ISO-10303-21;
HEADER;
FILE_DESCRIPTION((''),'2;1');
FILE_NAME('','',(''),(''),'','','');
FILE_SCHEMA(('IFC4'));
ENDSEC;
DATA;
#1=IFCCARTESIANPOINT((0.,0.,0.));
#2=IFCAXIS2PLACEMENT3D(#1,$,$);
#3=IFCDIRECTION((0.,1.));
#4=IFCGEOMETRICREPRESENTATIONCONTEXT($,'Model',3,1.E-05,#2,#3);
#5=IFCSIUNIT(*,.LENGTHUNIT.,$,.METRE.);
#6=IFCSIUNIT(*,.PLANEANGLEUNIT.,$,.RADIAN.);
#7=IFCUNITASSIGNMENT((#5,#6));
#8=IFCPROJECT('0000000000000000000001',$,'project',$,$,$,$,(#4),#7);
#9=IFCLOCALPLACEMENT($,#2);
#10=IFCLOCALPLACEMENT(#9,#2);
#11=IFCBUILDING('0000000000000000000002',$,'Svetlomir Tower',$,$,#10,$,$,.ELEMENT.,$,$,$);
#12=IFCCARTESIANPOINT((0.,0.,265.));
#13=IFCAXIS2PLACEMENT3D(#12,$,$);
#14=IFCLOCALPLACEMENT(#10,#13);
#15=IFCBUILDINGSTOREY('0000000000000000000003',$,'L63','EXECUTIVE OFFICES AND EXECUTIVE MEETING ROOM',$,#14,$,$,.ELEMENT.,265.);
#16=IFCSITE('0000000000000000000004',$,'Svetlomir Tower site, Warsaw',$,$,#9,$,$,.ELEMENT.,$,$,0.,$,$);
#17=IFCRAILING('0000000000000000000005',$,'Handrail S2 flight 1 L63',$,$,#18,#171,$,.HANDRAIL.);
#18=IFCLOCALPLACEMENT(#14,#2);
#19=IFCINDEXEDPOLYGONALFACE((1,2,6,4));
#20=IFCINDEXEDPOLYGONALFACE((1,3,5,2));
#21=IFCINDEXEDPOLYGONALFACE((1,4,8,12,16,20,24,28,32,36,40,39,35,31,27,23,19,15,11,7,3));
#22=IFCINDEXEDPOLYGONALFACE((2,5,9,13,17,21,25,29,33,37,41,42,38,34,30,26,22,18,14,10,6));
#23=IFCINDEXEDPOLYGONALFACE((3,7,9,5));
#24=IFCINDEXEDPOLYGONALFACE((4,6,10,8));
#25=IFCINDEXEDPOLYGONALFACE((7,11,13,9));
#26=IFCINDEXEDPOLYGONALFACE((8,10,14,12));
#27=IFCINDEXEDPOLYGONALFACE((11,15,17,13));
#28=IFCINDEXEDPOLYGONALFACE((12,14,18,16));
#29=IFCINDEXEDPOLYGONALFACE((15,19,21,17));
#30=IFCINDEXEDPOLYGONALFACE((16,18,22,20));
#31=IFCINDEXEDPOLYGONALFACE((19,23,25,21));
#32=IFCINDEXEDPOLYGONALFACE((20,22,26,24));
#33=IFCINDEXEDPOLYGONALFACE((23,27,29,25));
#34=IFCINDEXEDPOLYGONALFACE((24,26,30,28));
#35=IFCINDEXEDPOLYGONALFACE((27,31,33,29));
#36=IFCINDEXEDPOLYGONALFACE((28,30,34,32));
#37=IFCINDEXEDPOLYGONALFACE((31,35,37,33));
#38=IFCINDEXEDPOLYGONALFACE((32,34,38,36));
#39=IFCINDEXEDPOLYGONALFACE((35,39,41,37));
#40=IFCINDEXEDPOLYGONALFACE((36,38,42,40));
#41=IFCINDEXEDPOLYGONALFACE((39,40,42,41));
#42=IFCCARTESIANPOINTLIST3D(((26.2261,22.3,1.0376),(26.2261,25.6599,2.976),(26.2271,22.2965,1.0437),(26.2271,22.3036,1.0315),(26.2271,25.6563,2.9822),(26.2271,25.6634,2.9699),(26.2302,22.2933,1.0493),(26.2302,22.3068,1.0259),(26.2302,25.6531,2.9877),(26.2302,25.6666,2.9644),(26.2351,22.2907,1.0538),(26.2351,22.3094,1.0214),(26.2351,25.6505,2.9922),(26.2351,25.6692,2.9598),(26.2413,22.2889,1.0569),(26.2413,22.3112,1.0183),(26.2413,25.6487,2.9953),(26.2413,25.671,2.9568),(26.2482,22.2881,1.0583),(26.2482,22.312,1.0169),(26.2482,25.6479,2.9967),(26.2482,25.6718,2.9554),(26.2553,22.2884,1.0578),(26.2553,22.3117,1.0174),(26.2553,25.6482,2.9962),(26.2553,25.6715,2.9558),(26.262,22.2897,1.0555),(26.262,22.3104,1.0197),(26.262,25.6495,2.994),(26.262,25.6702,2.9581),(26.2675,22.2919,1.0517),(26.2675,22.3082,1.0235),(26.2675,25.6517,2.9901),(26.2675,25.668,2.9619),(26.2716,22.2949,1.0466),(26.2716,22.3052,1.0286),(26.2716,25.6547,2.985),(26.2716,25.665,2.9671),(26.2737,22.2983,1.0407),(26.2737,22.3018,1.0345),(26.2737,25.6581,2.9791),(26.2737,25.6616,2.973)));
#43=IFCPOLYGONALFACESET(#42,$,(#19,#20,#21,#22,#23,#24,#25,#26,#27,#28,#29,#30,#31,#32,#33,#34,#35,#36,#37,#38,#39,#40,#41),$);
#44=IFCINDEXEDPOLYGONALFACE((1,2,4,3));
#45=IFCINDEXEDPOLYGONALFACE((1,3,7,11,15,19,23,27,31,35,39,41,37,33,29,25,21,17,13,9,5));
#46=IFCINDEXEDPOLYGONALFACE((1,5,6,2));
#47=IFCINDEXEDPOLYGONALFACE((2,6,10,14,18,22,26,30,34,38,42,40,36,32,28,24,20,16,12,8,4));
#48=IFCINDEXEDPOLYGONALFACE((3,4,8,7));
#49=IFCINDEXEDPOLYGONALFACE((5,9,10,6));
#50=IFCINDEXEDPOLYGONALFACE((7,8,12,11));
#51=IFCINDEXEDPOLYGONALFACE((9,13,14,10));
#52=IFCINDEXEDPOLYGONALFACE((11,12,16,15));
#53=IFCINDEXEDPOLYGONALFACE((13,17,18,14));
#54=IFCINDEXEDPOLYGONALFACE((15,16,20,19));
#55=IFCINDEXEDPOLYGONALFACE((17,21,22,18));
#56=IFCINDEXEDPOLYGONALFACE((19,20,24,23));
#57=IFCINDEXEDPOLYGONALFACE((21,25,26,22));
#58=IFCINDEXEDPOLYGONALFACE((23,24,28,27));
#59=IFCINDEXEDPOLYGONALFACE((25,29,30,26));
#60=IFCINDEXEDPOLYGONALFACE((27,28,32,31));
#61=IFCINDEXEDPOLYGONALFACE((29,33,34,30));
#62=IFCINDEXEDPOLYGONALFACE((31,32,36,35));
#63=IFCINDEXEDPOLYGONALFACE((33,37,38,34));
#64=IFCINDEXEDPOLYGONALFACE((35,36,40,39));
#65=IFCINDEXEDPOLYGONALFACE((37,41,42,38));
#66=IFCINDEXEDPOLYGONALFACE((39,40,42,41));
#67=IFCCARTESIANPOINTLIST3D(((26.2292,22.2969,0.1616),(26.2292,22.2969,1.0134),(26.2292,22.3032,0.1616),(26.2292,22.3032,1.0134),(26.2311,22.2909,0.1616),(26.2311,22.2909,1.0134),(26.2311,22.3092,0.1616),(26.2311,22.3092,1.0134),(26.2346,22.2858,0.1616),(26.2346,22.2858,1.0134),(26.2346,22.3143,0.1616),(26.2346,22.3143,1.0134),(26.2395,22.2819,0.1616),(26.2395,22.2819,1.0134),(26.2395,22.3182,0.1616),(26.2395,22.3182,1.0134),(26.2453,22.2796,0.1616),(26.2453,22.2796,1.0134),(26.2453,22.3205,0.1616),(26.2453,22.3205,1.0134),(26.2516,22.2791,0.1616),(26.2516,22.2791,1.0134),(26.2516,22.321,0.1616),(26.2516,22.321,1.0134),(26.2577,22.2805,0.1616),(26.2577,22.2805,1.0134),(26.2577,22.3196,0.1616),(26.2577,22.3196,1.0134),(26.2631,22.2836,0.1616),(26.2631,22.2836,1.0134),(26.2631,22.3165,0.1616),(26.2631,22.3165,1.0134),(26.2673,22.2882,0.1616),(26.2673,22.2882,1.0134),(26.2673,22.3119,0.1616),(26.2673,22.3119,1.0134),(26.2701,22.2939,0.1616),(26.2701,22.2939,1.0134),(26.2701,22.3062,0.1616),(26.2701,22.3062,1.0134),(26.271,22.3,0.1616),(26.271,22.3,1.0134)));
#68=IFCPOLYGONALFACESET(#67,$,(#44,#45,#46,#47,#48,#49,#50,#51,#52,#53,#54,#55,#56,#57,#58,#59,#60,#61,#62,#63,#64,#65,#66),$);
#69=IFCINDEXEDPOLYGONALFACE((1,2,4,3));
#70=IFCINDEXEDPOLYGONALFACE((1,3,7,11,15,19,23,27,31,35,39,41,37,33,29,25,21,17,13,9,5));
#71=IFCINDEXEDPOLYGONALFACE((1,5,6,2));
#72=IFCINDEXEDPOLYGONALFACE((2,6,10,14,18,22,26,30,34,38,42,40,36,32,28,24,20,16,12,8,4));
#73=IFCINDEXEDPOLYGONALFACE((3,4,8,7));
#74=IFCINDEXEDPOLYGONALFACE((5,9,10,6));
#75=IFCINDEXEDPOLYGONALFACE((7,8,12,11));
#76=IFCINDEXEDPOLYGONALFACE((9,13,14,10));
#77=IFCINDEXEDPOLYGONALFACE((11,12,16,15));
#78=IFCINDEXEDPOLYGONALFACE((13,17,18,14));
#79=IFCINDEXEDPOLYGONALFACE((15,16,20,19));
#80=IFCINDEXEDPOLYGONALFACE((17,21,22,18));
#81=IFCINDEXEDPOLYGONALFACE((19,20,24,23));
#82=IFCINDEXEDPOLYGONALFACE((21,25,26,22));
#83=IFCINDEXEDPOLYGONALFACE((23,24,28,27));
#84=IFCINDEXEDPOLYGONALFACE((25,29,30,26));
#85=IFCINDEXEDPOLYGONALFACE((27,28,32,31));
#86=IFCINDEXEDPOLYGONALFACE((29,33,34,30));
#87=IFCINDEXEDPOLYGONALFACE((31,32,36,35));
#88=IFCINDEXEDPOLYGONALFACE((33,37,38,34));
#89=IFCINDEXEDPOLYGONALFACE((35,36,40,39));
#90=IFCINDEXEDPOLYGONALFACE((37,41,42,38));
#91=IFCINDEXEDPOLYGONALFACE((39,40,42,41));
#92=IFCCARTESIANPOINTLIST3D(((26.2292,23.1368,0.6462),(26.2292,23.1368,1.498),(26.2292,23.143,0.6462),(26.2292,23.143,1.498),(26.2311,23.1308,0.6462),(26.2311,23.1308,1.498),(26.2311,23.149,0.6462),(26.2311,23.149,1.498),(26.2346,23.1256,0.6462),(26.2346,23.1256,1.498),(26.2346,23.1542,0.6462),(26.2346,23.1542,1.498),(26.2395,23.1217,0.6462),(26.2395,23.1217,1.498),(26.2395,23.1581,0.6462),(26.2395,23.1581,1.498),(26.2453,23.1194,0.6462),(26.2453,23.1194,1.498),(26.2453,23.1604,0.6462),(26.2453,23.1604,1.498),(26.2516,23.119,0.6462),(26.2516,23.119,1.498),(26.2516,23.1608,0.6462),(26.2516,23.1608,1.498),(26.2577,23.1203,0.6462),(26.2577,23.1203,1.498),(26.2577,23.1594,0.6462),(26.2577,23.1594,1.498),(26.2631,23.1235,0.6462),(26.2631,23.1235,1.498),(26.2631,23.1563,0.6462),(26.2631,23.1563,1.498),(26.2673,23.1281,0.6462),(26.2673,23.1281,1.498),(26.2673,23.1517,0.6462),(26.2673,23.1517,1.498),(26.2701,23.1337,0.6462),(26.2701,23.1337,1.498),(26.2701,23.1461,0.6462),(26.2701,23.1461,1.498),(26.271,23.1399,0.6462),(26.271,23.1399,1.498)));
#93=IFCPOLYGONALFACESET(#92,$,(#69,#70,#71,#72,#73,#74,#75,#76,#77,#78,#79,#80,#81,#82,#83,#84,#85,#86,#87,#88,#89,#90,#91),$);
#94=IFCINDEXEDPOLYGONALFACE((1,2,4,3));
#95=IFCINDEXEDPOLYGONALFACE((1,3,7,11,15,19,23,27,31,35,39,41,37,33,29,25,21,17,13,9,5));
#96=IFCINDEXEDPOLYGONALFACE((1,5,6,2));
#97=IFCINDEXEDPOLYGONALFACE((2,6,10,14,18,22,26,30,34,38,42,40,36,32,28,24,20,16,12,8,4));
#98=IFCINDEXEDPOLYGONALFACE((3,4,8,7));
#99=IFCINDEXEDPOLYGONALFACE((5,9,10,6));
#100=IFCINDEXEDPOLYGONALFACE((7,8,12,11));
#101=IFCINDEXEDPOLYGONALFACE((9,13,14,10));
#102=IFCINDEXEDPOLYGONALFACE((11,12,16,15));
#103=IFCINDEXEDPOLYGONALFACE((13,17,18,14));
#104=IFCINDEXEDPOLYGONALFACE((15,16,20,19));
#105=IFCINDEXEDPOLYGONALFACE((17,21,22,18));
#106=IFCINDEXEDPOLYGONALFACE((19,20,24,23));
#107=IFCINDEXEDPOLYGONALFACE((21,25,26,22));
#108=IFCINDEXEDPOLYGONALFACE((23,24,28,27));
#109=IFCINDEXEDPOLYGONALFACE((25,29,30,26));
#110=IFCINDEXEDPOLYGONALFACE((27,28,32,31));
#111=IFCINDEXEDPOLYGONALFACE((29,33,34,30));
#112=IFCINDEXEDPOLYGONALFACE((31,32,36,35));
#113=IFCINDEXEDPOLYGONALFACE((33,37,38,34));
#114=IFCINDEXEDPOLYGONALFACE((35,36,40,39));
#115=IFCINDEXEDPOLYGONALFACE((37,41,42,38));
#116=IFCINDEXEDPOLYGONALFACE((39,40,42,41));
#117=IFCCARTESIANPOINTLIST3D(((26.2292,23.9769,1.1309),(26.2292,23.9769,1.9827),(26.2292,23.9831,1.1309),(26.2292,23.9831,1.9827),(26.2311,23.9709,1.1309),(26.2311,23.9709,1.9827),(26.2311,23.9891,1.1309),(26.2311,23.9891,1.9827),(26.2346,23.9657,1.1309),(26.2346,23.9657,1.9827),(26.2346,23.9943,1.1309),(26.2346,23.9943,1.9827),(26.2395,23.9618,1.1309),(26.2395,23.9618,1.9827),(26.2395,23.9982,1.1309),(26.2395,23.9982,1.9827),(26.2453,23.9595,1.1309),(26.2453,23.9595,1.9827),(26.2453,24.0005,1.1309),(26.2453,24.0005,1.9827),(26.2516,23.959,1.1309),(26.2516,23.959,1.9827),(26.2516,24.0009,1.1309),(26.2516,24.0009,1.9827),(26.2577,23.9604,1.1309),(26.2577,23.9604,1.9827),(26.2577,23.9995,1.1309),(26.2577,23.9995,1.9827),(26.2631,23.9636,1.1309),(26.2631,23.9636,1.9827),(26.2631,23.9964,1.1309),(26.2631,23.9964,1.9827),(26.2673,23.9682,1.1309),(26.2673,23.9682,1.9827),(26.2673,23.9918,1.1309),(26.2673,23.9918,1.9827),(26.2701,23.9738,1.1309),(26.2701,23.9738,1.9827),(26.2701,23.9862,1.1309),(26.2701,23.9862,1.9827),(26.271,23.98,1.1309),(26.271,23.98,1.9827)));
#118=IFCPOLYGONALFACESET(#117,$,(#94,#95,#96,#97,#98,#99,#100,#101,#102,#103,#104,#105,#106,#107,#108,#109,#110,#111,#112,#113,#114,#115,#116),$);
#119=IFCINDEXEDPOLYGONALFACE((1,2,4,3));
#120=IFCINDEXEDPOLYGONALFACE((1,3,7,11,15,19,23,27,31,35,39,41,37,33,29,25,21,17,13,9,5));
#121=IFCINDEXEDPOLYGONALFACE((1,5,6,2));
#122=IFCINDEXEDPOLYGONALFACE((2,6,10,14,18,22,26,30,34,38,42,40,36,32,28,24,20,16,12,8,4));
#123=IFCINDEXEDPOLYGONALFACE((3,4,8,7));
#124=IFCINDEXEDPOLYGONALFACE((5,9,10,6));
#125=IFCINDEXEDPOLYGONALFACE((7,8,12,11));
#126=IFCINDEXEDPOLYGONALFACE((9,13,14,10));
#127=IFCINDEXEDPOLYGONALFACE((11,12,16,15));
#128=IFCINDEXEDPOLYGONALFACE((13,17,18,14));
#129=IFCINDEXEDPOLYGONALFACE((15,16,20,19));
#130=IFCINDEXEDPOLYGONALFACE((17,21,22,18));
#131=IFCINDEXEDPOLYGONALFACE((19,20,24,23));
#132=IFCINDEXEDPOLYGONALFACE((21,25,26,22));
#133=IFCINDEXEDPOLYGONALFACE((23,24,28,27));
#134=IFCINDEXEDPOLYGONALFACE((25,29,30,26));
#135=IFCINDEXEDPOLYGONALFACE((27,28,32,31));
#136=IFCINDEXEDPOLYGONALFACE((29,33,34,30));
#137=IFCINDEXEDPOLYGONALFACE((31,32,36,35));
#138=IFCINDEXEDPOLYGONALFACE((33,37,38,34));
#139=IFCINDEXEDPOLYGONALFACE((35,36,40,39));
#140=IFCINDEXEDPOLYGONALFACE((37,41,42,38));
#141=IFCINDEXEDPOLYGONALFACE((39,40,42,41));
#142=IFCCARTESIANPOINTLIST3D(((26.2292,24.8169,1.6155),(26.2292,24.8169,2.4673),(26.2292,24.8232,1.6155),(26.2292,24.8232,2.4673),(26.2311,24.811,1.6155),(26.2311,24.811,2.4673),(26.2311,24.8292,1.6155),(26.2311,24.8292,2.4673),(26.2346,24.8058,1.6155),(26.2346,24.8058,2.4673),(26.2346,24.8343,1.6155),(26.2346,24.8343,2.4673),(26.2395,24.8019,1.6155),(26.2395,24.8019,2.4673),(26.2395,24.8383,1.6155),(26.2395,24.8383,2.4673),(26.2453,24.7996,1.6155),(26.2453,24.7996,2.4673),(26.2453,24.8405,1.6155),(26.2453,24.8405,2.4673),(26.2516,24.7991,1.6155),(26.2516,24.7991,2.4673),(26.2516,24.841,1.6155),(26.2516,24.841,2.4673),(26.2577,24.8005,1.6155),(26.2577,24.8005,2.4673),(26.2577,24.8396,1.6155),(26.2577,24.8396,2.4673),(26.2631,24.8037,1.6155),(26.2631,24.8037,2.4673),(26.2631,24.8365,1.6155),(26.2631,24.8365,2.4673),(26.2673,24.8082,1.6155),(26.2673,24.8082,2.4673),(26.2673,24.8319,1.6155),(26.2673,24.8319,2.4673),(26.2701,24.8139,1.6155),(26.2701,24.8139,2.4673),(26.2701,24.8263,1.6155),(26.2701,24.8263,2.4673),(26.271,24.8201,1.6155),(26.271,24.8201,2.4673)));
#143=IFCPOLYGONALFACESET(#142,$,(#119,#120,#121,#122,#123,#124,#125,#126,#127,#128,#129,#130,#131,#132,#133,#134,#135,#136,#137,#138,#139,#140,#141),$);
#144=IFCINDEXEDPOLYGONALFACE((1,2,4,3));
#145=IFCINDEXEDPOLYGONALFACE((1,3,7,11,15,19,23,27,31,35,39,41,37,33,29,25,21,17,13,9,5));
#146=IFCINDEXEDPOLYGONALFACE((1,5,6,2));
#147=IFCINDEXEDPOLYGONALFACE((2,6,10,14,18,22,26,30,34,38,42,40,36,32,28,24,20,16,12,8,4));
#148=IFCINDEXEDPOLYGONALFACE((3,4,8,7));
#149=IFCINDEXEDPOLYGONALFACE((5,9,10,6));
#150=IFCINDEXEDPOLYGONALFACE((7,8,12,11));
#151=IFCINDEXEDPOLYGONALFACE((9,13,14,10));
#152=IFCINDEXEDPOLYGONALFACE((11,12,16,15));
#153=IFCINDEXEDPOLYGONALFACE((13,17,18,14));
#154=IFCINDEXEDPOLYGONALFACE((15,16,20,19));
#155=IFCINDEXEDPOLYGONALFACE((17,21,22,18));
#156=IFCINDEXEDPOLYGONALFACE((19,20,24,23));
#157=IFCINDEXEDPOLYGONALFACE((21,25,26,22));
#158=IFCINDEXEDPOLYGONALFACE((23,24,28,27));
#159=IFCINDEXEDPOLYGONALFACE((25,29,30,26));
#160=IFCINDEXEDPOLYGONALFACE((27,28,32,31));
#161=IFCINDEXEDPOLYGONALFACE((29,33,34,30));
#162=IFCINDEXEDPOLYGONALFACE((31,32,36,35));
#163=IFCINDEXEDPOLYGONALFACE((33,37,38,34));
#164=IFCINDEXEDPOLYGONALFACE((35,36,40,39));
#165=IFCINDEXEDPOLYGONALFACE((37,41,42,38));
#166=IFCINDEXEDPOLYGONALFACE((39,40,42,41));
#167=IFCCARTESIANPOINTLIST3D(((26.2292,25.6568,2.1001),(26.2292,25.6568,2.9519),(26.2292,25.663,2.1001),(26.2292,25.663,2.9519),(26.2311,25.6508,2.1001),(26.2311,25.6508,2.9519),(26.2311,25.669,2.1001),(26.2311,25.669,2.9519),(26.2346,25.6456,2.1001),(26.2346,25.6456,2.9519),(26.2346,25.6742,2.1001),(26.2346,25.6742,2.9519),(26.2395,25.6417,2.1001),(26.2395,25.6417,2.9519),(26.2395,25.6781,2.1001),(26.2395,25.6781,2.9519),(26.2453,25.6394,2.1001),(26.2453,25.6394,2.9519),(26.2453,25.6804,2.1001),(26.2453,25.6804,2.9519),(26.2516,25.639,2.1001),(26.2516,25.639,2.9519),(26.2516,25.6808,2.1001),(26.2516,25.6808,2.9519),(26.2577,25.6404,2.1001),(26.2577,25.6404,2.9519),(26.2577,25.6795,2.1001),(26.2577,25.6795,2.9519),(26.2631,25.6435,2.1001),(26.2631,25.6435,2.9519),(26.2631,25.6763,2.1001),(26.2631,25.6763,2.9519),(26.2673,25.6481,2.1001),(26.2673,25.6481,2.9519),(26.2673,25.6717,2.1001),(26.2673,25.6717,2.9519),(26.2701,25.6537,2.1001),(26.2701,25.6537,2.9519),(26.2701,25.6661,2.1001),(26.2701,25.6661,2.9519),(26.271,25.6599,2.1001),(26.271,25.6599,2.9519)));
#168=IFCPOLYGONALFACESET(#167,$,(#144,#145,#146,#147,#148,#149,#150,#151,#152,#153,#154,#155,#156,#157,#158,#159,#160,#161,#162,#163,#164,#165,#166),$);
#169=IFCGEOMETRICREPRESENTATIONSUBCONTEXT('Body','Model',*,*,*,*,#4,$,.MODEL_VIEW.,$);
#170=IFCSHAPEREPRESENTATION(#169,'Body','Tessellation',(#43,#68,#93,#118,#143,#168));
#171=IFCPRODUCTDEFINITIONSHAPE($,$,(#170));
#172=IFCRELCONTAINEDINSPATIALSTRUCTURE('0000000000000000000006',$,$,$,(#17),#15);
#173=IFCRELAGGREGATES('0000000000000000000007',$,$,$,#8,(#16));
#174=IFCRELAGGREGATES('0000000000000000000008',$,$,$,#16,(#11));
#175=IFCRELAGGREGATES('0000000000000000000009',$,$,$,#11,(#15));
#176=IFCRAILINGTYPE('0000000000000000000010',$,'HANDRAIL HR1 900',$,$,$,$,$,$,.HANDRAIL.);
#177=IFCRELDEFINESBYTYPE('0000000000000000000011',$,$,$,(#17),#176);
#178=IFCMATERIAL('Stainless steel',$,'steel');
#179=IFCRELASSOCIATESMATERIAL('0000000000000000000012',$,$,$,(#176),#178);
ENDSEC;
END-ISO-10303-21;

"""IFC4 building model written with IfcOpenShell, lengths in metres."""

from ifc_helpers import new_model, si_unit, direction, frame, origin, origin_2d, place, context, subcontext, project, spatial, circle, extrude, material, type_object, element, save


model = new_model("IFC4")

# Units and contexts
model_context = context("Model", 3, precision=1e-05, world=origin(), true_north=direction((0.0, 1.0)))
body_context = subcontext(model_context, "Body", "Model", "MODEL_VIEW")
ifc_project = project(units=[si_unit("LENGTHUNIT", "METRE"), si_unit("PLANEANGLEUNIT", "RADIAN")], contexts=[model_context])

# Site, building, storey
site_placement = place(None, origin())
site = spatial("IfcSite", under=ifc_project, at=site_placement, Name="Svetlomir Tower site, Warsaw", CompositionType="ELEMENT", RefElevation=0.0)
building_placement = place(site_placement, origin())
building = spatial("IfcBuilding", under=site, at=building_placement, Name="Svetlomir Tower", CompositionType="ELEMENT")
storey_placement = place(building_placement, frame((0.0, 0.0, 265.0)))
storey = spatial("IfcBuildingStorey", under=building, at=storey_placement, Name="L63", Description="EXECUTIVE OFFICES AND EXECUTIVE MEETING ROOM", CompositionType="ELEMENT", Elevation=265.0)

# Railing
ifc_material_1 = material(Name="Stainless steel", Category="steel")
railing_type = type_object("IfcRailingType", Name="HANDRAIL HR1 900", PredefinedType="HANDRAIL", material=ifc_material_1)
railing_1_placement = place(storey_placement, frame((26.25, 22.3, 0.1616)))
element("IfcRailing", 1, at=railing_1_placement, inside=storey, type_object=railing_type, Name="Handrail S2 flight 1 L63", PredefinedType="HANDRAIL", context=body_context, shape_type="SweptSolid", body=[
    extrude(circle(Radius=0.0239, at=origin_2d()), frame((0.0, 0.0, 0.876), z_axis=(0.0, 0.866175, 0.499741), x_axis=(-1.0, 0.0, 0.0)), (0.0, 0.0, 1.0), 3.8789),
    extrude(circle(Radius=0.021, at=origin_2d()), origin(), (0.0, 0.0, 1.0), 0.8518),
    extrude(circle(Radius=0.021, at=origin_2d()), frame((0.0, 0.8398, 0.4846)), (0.0, 0.0, 1.0), 0.8518),
    extrude(circle(Radius=0.021, at=origin_2d()), frame((0.0, 1.6799, 0.9692)), (0.0, 0.0, 1.0), 0.8518),
    extrude(circle(Radius=0.021, at=origin_2d()), frame((0.0, 2.52, 1.4539)), (0.0, 0.0, 1.0), 0.8518),
    extrude(circle(Radius=0.021, at=origin_2d()), frame((0.0, 3.3599, 1.9385)), (0.0, 0.0, 1.0), 0.8518),
])

save(model, "model.ifc")
